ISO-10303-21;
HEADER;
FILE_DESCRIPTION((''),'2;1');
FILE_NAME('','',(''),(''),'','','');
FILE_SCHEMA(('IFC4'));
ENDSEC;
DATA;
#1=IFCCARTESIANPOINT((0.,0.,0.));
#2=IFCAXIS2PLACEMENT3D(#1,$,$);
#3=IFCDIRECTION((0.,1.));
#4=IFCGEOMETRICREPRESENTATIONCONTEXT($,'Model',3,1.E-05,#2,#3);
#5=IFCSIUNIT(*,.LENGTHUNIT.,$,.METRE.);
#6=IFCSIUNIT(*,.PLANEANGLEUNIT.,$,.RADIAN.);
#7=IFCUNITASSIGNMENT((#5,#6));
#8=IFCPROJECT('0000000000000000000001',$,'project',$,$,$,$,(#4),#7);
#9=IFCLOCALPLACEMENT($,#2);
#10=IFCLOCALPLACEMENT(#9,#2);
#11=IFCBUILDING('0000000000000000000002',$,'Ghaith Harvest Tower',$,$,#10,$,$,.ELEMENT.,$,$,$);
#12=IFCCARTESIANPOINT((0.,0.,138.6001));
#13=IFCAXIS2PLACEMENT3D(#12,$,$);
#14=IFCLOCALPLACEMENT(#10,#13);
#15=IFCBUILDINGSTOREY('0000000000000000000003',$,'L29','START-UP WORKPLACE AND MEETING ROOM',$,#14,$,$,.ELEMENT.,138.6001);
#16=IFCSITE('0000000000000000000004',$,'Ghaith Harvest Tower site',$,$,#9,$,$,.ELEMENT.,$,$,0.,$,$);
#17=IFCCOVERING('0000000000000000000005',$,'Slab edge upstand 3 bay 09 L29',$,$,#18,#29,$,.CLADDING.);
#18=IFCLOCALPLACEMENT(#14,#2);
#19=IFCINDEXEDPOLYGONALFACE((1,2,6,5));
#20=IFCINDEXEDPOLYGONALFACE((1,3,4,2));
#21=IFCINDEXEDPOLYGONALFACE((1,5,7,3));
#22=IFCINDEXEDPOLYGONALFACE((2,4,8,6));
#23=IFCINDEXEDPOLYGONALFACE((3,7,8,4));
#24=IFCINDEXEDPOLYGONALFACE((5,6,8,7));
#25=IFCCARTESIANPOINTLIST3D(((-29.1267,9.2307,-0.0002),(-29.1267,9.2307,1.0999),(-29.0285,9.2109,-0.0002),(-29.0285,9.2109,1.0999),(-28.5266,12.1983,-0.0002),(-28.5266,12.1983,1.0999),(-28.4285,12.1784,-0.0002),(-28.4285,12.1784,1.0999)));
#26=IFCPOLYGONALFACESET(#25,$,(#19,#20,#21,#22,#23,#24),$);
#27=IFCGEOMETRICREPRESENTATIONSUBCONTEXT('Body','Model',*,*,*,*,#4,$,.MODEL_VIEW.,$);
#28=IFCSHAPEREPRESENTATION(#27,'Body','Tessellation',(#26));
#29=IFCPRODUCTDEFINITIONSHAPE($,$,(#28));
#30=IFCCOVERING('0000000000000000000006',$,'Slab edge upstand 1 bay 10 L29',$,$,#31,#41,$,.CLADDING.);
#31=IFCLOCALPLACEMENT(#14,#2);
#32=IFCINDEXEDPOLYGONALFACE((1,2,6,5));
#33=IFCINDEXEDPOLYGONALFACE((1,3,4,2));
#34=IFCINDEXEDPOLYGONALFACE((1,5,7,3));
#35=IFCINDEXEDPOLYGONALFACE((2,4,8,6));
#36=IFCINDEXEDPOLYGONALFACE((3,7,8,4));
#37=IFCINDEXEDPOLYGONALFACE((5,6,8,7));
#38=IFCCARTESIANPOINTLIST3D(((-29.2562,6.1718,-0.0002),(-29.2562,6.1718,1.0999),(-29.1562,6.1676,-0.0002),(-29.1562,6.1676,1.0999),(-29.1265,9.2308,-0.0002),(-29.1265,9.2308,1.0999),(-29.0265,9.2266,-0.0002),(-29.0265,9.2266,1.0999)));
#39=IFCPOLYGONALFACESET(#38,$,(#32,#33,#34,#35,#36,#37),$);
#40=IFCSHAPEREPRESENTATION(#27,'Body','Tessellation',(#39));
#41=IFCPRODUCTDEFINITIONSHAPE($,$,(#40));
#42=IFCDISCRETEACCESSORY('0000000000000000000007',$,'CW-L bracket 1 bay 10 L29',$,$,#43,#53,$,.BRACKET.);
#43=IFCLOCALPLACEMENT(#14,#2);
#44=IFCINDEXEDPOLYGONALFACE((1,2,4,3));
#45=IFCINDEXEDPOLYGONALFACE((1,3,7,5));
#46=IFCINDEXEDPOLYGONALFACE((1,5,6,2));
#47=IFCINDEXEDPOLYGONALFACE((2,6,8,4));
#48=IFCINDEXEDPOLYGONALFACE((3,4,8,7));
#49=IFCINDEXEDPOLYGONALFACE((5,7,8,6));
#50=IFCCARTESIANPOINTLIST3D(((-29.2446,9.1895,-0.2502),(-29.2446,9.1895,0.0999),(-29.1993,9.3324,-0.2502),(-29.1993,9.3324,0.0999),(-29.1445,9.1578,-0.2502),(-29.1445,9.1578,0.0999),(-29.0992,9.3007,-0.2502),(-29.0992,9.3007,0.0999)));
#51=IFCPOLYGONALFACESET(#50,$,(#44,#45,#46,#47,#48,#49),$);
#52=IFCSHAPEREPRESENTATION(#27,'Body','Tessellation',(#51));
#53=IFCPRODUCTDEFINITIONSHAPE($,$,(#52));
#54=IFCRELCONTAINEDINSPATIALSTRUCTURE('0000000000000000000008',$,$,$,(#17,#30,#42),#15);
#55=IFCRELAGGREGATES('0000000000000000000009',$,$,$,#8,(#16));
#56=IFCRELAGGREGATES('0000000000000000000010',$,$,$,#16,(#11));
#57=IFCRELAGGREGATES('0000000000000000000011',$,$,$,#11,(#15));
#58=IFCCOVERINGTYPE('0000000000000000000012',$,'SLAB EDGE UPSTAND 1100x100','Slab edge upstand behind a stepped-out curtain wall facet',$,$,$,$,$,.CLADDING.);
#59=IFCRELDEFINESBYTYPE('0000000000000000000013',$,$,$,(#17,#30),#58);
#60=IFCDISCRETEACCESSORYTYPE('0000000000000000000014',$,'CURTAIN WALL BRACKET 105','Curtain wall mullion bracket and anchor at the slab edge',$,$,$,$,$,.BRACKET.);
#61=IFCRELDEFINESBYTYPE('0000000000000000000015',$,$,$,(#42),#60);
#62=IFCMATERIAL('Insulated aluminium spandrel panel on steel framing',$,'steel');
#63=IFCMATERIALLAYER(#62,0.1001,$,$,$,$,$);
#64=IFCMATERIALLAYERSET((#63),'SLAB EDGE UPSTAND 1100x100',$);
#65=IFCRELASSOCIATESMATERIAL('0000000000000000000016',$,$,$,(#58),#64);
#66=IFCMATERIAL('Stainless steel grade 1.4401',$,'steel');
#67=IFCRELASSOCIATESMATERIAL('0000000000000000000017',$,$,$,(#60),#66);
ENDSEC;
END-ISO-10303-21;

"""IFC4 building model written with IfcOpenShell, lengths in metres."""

from ifc_helpers import new_model, si_unit, direction, frame, origin, origin_2d, place, context, subcontext, project, spatial, rectangle, extrude, material, layer, layer_set, type_object, element, save


model = new_model("IFC4")

# Units and contexts
model_context = context("Model", 3, precision=1e-05, world=origin(), true_north=direction((0.0, 1.0)))
body_context = subcontext(model_context, "Body", "Model", "MODEL_VIEW")
ifc_project = project(units=[si_unit("LENGTHUNIT", "METRE"), si_unit("PLANEANGLEUNIT", "RADIAN")], contexts=[model_context])

# Site, building, storey
site_placement = place(None, origin())
site = spatial("IfcSite", under=ifc_project, at=site_placement, Name="Ghaith Harvest Tower site", CompositionType="ELEMENT", RefElevation=0.0)
building_placement = place(site_placement, origin())
building = spatial("IfcBuilding", under=site, at=building_placement, Name="Ghaith Harvest Tower", CompositionType="ELEMENT")
storey_placement = place(building_placement, frame((0.0, 0.0, 138.6001)))
storey = spatial("IfcBuildingStorey", under=building, at=storey_placement, Name="L29", Description="START-UP WORKPLACE AND MEETING ROOM", CompositionType="ELEMENT", Elevation=138.6001)

# Coverings
ifc_material_1 = material(Name="Insulated aluminium spandrel panel on steel framing", Category="steel")
ifc_layer_1 = layer(ifc_material_1, 0.1001)
ifc_layer_set_1 = layer_set([ifc_layer_1], Name="SLAB EDGE UPSTAND 1100x100")
covering_type = type_object("IfcCoveringType", Name="SLAB EDGE UPSTAND 1100x100", Description="Slab edge upstand behind a stepped-out curtain wall facet", PredefinedType="CLADDING", material=ifc_layer_set_1)
covering_1_placement = place(storey_placement, frame((-28.7776, 10.7046, -0.0002), z_axis=(0.0, 0.0, 1.0), x_axis=(-0.198183, -0.980165, 0.0)))
element("IfcCovering", 1, at=covering_1_placement, inside=storey, type_object=covering_type, Name="Slab edge upstand 3 bay 09 L29", PredefinedType="CLADDING", context=body_context, shape_type="SweptSolid", body=[
    extrude(rectangle(XDim=3.0276, YDim=0.1001, at=origin_2d()), origin(), (0.0, 0.0, 1.0), 1.1001),
])
covering_2_placement = place(storey_placement, frame((-29.1414, 7.6992, -0.0002), z_axis=(0.0, 0.0, 1.0), x_axis=(-0.042373, -0.999102, 0.0)))
element("IfcCovering", 2, at=covering_2_placement, inside=storey, type_object=covering_type, Name="Slab edge upstand 1 bay 10 L29", PredefinedType="CLADDING", context=body_context, shape_type="SweptSolid", body=[
    extrude(rectangle(XDim=3.0618, YDim=0.1001, at=origin_2d()), origin(), (0.0, 0.0, 1.0), 1.1001),
])

# Discrete accessory
ifc_material_2 = material(Name="Stainless steel grade 1.4401", Category="steel")
discrete_accessory_type = type_object("IfcDiscreteAccessoryType", Name="CURTAIN WALL BRACKET 105", Description="Curtain wall mullion bracket and anchor at the slab edge", PredefinedType="BRACKET", material=ifc_material_2)
discrete_accessory_placement = place(storey_placement, frame((-29.1719, 9.2451, -0.2502), z_axis=(0.0, 0.0, 1.0), x_axis=(-0.953273, 0.30211, 0.0)))
element("IfcDiscreteAccessory", 3, at=discrete_accessory_placement, inside=storey, type_object=discrete_accessory_type, Name="CW-L bracket 1 bay 10 L29", PredefinedType="BRACKET", context=body_context, shape_type="SweptSolid", body=[
    extrude(rectangle(XDim=0.105, YDim=0.1499, at=origin_2d()), origin(), (0.0, 0.0, 1.0), 0.3501),
])

save(model, "model.ifc")
